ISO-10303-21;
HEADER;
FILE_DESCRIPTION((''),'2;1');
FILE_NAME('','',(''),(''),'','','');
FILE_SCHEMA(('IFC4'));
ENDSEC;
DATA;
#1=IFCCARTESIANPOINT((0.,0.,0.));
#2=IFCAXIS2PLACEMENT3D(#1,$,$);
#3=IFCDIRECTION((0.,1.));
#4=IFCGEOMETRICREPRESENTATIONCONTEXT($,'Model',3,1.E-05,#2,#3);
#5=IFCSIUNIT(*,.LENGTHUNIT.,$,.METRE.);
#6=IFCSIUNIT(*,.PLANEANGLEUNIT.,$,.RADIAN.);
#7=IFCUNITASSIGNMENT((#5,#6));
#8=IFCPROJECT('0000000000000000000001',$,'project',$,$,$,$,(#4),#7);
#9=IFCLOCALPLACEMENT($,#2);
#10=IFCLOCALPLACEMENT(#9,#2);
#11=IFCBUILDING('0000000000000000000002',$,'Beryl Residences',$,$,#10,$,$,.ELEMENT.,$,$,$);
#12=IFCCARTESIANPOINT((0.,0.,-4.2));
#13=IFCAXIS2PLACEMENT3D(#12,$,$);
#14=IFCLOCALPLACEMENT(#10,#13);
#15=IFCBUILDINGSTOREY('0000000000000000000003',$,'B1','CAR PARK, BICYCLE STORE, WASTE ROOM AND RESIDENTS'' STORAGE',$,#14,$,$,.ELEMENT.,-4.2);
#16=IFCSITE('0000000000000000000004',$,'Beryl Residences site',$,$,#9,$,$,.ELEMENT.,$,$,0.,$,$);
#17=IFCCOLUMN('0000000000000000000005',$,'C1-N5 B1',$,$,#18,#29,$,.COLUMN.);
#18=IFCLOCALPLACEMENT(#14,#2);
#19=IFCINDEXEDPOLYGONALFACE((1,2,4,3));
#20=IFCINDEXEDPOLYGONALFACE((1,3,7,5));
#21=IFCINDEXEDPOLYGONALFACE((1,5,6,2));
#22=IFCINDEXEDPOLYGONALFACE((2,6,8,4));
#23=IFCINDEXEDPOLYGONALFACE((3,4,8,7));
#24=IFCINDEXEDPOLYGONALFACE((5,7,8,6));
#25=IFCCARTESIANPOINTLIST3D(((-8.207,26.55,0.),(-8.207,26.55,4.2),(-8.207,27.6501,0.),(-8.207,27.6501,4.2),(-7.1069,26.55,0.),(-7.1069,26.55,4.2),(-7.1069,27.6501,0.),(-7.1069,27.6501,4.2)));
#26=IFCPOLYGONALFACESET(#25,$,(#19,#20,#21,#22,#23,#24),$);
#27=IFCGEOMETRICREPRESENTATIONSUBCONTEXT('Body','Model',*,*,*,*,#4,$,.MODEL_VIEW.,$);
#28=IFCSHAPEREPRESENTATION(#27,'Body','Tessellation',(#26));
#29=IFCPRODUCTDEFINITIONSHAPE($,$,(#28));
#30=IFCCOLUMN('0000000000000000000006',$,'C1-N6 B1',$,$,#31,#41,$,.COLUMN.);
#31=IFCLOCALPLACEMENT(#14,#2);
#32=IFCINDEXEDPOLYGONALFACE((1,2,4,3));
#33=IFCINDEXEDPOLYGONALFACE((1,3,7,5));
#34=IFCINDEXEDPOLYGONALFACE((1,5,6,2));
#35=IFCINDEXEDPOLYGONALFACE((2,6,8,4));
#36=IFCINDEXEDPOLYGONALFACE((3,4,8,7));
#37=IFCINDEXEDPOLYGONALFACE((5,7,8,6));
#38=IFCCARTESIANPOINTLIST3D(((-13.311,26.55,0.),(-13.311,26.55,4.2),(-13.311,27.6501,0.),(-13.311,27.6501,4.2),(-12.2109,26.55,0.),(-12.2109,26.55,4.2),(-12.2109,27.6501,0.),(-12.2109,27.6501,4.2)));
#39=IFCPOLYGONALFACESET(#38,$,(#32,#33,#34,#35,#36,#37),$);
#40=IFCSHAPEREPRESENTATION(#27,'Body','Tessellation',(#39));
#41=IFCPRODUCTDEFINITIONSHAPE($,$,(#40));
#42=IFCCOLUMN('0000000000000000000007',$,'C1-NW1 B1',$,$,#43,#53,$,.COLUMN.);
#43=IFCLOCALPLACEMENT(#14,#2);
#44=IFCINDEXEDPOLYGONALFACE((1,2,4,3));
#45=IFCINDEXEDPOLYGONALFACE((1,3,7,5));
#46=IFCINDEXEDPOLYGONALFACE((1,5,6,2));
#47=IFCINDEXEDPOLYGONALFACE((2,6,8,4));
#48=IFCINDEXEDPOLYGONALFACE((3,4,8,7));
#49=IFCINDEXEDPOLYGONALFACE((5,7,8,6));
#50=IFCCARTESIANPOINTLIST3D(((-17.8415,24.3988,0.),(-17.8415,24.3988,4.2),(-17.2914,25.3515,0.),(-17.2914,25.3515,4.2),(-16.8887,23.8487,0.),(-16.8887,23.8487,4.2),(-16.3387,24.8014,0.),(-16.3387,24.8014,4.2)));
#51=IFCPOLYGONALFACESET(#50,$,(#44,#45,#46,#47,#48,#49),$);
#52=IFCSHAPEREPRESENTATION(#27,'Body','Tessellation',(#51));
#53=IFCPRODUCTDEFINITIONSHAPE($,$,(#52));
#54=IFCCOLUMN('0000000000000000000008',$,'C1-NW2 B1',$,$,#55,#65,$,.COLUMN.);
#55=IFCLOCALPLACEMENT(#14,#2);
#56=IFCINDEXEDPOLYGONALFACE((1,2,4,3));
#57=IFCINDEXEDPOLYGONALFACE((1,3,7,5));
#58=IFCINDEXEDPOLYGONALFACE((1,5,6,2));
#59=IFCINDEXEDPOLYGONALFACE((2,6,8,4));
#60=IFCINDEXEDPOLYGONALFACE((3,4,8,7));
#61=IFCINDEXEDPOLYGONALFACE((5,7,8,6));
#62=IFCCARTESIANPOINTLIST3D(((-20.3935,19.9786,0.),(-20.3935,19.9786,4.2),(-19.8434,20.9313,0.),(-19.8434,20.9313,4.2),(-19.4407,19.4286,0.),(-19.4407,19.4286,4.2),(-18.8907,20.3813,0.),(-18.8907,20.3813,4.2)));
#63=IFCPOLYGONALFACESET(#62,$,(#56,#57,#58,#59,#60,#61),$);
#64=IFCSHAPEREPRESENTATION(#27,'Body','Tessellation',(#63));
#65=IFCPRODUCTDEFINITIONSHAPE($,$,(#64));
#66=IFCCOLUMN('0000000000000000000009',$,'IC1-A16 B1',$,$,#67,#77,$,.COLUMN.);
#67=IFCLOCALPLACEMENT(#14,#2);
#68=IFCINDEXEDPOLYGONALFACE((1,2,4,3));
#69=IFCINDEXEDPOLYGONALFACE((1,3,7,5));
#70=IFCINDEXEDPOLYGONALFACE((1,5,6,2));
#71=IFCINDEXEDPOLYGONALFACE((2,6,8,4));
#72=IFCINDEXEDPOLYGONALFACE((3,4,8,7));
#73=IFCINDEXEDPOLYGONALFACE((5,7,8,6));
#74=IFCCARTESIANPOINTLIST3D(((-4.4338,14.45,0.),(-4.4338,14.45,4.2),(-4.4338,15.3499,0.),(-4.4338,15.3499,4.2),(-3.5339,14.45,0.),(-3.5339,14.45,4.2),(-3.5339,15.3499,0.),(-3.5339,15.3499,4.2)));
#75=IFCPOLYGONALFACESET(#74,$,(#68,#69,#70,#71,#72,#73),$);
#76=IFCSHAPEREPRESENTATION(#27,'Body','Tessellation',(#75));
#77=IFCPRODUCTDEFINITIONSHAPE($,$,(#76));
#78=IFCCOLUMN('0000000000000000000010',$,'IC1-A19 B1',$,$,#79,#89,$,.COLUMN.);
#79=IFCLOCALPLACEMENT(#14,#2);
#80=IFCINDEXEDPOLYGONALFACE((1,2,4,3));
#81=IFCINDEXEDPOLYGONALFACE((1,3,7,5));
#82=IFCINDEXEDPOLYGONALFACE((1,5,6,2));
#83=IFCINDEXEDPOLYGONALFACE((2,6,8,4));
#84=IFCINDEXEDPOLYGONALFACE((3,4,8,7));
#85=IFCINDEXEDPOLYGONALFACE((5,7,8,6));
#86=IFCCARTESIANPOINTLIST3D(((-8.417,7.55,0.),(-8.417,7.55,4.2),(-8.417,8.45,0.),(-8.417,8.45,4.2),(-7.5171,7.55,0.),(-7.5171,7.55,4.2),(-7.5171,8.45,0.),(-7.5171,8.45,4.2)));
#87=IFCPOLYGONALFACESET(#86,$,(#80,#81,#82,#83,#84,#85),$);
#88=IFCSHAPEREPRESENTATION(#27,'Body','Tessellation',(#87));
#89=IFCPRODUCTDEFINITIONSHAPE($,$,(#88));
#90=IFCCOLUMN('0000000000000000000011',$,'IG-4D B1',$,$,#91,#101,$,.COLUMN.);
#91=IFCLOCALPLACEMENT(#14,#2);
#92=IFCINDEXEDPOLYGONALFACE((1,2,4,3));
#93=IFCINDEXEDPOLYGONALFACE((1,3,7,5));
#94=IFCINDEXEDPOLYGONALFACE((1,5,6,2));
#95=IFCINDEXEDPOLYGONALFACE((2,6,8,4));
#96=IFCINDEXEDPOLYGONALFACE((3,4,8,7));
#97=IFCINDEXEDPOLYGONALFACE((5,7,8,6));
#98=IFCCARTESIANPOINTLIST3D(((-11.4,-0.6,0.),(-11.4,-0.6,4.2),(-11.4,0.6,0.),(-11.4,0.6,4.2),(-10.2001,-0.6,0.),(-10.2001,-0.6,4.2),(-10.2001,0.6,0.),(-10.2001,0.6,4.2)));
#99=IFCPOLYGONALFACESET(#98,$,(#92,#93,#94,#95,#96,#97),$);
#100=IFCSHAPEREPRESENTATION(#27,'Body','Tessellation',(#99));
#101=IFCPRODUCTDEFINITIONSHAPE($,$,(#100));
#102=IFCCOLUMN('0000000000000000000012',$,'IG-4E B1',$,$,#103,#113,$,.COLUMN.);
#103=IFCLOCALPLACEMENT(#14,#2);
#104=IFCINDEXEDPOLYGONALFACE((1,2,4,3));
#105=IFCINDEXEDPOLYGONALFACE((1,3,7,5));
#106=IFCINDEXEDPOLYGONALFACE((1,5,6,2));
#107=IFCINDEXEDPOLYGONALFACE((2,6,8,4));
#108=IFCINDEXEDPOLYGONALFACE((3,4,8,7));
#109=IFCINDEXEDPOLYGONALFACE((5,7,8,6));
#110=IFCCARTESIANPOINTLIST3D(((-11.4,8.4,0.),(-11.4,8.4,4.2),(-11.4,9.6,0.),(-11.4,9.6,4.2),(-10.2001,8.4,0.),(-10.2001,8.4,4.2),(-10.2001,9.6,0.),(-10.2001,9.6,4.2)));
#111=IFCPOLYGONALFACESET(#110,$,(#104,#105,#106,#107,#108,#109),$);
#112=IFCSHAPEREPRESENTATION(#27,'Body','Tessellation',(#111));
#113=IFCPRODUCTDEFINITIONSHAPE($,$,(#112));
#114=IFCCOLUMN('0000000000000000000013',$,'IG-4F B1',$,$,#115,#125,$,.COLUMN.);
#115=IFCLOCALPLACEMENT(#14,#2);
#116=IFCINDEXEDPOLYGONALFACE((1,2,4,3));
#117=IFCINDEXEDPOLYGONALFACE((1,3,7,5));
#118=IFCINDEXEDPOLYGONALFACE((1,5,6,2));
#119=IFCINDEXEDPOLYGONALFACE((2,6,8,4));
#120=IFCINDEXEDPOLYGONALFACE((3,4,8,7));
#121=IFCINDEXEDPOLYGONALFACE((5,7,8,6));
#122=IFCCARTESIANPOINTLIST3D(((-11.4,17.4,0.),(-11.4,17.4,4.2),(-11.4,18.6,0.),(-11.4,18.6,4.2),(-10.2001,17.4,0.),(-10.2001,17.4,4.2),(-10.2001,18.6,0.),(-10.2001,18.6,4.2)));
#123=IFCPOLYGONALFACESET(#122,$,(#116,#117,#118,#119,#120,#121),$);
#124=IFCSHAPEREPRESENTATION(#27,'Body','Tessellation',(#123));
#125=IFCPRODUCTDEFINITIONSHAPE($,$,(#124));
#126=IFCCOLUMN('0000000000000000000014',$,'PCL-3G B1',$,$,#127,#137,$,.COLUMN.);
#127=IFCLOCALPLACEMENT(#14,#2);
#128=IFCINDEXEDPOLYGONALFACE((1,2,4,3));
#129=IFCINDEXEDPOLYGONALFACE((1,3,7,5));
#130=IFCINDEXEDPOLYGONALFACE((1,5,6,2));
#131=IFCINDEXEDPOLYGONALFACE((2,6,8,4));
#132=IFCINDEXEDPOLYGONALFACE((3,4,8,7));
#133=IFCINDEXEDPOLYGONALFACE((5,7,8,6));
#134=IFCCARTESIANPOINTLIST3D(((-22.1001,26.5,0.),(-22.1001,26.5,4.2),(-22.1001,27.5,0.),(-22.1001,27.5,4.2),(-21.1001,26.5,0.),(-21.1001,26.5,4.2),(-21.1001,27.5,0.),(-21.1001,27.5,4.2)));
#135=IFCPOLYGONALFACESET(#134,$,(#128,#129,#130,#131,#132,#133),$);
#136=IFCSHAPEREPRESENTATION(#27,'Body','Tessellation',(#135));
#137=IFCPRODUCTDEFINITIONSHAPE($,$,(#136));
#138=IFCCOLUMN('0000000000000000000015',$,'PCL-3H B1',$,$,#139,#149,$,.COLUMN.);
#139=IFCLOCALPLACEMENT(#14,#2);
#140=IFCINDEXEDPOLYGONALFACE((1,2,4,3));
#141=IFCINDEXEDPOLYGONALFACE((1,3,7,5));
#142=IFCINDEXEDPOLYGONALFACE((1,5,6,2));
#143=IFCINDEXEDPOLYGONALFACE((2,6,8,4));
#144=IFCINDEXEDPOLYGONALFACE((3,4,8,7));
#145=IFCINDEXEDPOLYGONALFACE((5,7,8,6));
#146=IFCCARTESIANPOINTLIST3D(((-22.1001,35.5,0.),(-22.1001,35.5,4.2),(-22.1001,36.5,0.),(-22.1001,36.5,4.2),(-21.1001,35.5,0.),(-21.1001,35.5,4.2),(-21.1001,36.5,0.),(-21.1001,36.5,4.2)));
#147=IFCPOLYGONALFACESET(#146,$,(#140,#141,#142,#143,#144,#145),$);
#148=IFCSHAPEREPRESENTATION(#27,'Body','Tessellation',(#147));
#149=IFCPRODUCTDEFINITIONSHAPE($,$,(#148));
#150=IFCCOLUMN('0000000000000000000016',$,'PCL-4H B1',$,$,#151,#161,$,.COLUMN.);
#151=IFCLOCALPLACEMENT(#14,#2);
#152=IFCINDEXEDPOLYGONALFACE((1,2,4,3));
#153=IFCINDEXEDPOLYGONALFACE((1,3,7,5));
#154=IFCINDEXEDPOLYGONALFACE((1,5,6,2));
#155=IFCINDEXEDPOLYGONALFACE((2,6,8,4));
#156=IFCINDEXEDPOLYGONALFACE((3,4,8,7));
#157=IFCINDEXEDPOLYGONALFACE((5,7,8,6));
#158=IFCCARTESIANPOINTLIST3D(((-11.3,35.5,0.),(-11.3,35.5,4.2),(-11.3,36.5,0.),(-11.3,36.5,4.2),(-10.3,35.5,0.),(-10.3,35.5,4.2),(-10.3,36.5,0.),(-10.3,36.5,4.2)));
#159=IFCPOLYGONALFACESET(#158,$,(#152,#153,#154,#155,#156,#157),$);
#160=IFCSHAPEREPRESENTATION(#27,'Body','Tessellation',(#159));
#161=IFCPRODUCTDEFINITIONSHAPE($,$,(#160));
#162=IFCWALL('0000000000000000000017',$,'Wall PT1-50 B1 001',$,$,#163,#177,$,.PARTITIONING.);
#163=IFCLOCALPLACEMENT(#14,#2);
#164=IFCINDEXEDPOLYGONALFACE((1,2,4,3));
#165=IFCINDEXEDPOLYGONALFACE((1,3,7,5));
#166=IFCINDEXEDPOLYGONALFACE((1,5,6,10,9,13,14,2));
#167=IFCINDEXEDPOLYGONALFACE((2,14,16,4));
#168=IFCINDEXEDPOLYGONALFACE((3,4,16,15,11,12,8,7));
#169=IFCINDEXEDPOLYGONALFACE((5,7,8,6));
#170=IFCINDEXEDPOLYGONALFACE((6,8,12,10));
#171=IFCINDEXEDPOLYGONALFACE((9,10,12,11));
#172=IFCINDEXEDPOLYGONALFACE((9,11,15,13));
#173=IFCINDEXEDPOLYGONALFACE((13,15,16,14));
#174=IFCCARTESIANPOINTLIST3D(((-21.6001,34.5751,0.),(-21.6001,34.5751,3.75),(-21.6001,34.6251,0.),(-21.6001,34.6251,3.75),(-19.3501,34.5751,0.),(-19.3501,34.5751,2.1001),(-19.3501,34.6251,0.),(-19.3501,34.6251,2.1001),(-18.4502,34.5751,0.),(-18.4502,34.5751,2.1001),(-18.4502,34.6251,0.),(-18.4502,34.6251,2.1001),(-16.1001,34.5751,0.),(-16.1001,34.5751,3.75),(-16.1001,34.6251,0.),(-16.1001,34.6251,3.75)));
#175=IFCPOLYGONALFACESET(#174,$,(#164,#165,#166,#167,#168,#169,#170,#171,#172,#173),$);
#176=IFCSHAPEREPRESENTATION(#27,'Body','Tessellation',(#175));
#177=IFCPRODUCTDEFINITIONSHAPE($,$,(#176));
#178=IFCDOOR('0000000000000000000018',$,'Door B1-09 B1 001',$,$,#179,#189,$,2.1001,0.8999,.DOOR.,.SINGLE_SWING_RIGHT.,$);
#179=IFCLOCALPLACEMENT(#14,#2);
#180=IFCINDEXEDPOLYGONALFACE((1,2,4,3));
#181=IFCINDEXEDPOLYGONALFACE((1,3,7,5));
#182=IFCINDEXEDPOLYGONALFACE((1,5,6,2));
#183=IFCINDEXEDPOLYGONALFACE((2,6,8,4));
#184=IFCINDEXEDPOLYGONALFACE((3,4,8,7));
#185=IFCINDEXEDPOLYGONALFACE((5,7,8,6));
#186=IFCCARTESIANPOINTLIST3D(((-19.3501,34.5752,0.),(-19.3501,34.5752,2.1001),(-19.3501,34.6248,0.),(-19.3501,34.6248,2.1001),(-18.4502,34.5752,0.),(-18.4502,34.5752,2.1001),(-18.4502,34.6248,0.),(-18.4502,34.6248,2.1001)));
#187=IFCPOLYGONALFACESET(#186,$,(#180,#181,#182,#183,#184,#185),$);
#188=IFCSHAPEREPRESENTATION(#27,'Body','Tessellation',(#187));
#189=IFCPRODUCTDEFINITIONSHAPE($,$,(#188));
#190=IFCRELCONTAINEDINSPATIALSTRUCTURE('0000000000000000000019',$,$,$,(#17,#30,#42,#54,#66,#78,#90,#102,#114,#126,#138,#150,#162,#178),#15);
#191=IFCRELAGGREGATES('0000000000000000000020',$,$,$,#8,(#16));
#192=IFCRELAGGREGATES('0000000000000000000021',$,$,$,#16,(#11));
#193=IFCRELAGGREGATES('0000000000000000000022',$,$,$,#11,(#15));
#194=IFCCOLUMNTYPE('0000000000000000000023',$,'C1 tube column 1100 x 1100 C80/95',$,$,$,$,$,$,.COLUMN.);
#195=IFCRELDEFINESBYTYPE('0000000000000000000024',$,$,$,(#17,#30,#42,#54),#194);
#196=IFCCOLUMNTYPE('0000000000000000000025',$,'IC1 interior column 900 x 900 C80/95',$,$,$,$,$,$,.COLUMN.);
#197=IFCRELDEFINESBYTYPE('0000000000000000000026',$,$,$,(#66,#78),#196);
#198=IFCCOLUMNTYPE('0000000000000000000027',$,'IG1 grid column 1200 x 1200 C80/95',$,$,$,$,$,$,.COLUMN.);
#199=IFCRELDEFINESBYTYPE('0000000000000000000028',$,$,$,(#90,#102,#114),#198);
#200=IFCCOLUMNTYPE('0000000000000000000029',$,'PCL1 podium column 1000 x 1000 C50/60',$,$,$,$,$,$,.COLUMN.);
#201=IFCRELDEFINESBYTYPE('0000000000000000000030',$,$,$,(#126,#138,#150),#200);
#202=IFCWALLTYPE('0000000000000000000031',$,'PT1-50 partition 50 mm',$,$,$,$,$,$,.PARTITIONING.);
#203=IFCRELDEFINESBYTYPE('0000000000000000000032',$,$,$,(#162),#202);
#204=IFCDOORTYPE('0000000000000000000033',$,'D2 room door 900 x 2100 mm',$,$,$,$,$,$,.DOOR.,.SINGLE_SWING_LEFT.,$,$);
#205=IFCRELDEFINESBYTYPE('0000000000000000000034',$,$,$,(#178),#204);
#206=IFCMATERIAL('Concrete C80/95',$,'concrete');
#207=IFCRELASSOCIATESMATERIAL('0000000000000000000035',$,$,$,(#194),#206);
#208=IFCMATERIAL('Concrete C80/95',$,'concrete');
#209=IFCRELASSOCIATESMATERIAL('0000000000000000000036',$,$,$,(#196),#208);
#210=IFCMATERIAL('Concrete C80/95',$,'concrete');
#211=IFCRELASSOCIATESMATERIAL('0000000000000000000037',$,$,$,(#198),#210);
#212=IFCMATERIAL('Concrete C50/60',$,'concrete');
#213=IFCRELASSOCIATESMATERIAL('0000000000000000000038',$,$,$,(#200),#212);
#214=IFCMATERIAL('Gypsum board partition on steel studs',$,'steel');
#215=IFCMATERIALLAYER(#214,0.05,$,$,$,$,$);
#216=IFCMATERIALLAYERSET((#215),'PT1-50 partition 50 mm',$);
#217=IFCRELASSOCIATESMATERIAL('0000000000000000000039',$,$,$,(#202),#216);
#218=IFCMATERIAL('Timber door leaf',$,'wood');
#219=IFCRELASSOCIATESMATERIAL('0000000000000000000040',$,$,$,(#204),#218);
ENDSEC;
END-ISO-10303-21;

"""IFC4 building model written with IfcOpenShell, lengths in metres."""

from ifc_helpers import new_model, si_unit, direction, frame, frame_2d, origin, origin_2d, place, context, subcontext, project, spatial, rectangle, extrude, material, layer, layer_set, material_profile, profile_set, type_object, element, fill, save


model = new_model("IFC4")

# Units and contexts
model_context = context("Model", 3, precision=1e-05, world=origin(), true_north=direction((0.0, 1.0)))
body_context = subcontext(model_context, "Body", "Model", "MODEL_VIEW")
ifc_project = project(units=[si_unit("LENGTHUNIT", "METRE"), si_unit("PLANEANGLEUNIT", "RADIAN")], contexts=[model_context])

# Site, building, storey
site_placement = place(None, origin())
site = spatial("IfcSite", under=ifc_project, at=site_placement, Name="Beryl Residences site", CompositionType="ELEMENT", RefElevation=0.0)
building_placement = place(site_placement, origin())
building = spatial("IfcBuilding", under=site, at=building_placement, Name="Beryl Residences", CompositionType="ELEMENT")
storey_placement = place(building_placement, frame((0.0, 0.0, -4.2)))
storey = spatial("IfcBuildingStorey", under=building, at=storey_placement, Name="B1", Description="CAR PARK, BICYCLE STORE, WASTE ROOM AND RESIDENTS' STORAGE", CompositionType="ELEMENT", Elevation=-4.2)

# Columns
ifc_material_1 = material(Name="Concrete C80/95", Category="concrete")
ifc_material_profile_1 = material_profile(ifc_material_1, rectangle(XDim=1.1001, YDim=1.1001, at=origin_2d()))
ifc_profile_set_1 = profile_set([ifc_material_profile_1], Name="Concrete C80/95")
column_type_1 = type_object("IfcColumnType", Name="C1 tube column 1100 x 1100 C80/95", PredefinedType="COLUMN", material=ifc_profile_set_1)
for number, where, z_axis, x_axis, name in (
    (1, (-7.657, 27.1001, 0.0), (0.0, 0.0, 1.0), (-1.0, 0.0, 0.0), "C1-N5 B1"),
    (2, (-12.761, 27.1001, 0.0), (0.0, 0.0, 1.0), (-1.0, 0.0, 0.0), "C1-N6 B1"),
    (3, (-17.0901, 24.6001, 0.0), (0.0, 0.0, 1.0), (-0.499985, -0.866034, 0.0), "C1-NW1 B1"),
    (4, (-19.6421, 20.1799, 0.0), (0.0, 0.0, 1.0), (-0.499985, -0.866034, 0.0), "C1-NW2 B1"),
):
    element("IfcColumn", number, at=place(storey_placement, frame(where, z_axis=z_axis, x_axis=x_axis)), inside=storey, type_object=column_type_1, Name=name, PredefinedType="COLUMN", context=body_context, shape_type="SweptSolid", body=[
        extrude(rectangle(XDim=1.1001, YDim=1.1001, at=origin_2d()), origin(), (0.0, 0.0, 1.0), 4.2),
    ])
ifc_material_2 = material(Name="Concrete C80/95", Category="concrete")
ifc_material_profile_2 = material_profile(ifc_material_2, rectangle(XDim=0.8999, YDim=0.8999, at=origin_2d()))
ifc_profile_set_2 = profile_set([ifc_material_profile_2], Name="Concrete C80/95")
column_type_2 = type_object("IfcColumnType", Name="IC1 interior column 900 x 900 C80/95", PredefinedType="COLUMN", material=ifc_profile_set_2)
for number, where, z_axis, x_axis, name in (
    (5, (-3.9839, 14.8999, 0.0), (0.0, 0.0, 1.0), (1.0, 0.0, 0.0), "IC1-A16 B1"),
    (6, (-7.967, 8.0, 0.0), (0.0, 0.0, 1.0), (1.0, 0.0, 0.0), "IC1-A19 B1"),
):
    element("IfcColumn", number, at=place(storey_placement, frame(where, z_axis=z_axis, x_axis=x_axis)), inside=storey, type_object=column_type_2, Name=name, PredefinedType="COLUMN", context=body_context, shape_type="SweptSolid", body=[
        extrude(rectangle(XDim=0.8999, YDim=0.8999, at=origin_2d()), origin(), (0.0, 0.0, 1.0), 4.2),
    ])
ifc_material_3 = material(Name="Concrete C80/95", Category="concrete")
ifc_material_profile_3 = material_profile(ifc_material_3, rectangle(XDim=1.2, YDim=1.2, at=origin_2d()))
ifc_profile_set_3 = profile_set([ifc_material_profile_3], Name="Concrete C80/95")
column_type_3 = type_object("IfcColumnType", Name="IG1 grid column 1200 x 1200 C80/95", PredefinedType="COLUMN", material=ifc_profile_set_3)
for number, where, z_axis, x_axis, name in (
    (7, (-10.8, 0.0, 0.0), (0.0, 0.0, 1.0), (1.0, 0.0, 0.0), "IG-4D B1"),
    (8, (-10.8, 9.0, 0.0), (0.0, 0.0, 1.0), (1.0, 0.0, 0.0), "IG-4E B1"),
    (9, (-10.8, 18.0, 0.0), (0.0, 0.0, 1.0), (1.0, 0.0, 0.0), "IG-4F B1"),
):
    element("IfcColumn", number, at=place(storey_placement, frame(where, z_axis=z_axis, x_axis=x_axis)), inside=storey, type_object=column_type_3, Name=name, PredefinedType="COLUMN", context=body_context, shape_type="SweptSolid", body=[
        extrude(rectangle(XDim=1.2, YDim=1.2, at=origin_2d()), origin(), (0.0, 0.0, 1.0), 4.2),
    ])
ifc_material_4 = material(Name="Concrete C50/60", Category="concrete")
ifc_material_profile_4 = material_profile(ifc_material_4, rectangle(XDim=1.0, YDim=1.0, at=origin_2d()))
ifc_profile_set_4 = profile_set([ifc_material_profile_4], Name="Concrete C50/60")
column_type_4 = type_object("IfcColumnType", Name="PCL1 podium column 1000 x 1000 C50/60", PredefinedType="COLUMN", material=ifc_profile_set_4)
for number, where, z_axis, x_axis, name in (
    (10, (-21.6001, 27.0, 0.0), (0.0, 0.0, 1.0), (1.0, 0.0, 0.0), "PCL-3G B1"),
    (11, (-21.6001, 36.0, 0.0), (0.0, 0.0, 1.0), (1.0, 0.0, 0.0), "PCL-3H B1"),
    (12, (-10.8, 36.0, 0.0), (0.0, 0.0, 1.0), (1.0, 0.0, 0.0), "PCL-4H B1"),
):
    element("IfcColumn", number, at=place(storey_placement, frame(where, z_axis=z_axis, x_axis=x_axis)), inside=storey, type_object=column_type_4, Name=name, PredefinedType="COLUMN", context=body_context, shape_type="SweptSolid", body=[
        extrude(rectangle(XDim=1.0, YDim=1.0, at=origin_2d()), origin(), (0.0, 0.0, 1.0), 4.2),
    ])

# Wall, opening, door
ifc_material_5 = material(Name="Gypsum board partition on steel studs", Category="steel")
ifc_layer_1 = layer(ifc_material_5, 0.05)
ifc_layer_set_1 = layer_set([ifc_layer_1], Name="PT1-50 partition 50 mm")
wall_type_1 = type_object("IfcWallType", Name="PT1-50 partition 50 mm", PredefinedType="PARTITIONING", material=ifc_layer_set_1)
wall_1_placement = place(storey_placement, frame((-21.6001, 34.6001, 0.0), z_axis=(0.0, 0.0, 1.0), x_axis=(1.0, 0.0, 0.0)))
wall_1 = element("IfcWall", 13, at=wall_1_placement, inside=storey, type_object=wall_type_1, Name="Wall PT1-50 B1 001", PredefinedType="PARTITIONING", context=body_context, shape_type="SweptSolid", body=[
    extrude(rectangle(XDim=5.5, YDim=0.05, at=frame_2d((2.75, 0.0))), origin(), (0.0, 0.0, 1.0), 3.75),
])
opening_1_placement = place(wall_1_placement, frame((3.1499, 0.0, 0.0), z_axis=(0.0, 0.0, 1.0), x_axis=(-1.0, 0.0, 0.0)))
opening_1 = element("IfcOpeningElement", 14, at=opening_1_placement, cuts=wall_1, PredefinedType="OPENING", context=body_context, shape_type="SweptSolid", body=[
    extrude(rectangle(XDim=0.8999, YDim=2.1001, at=frame_2d((0.45, 1.05))), frame((0.0, 0.0349, 0.0), z_axis=(0.0, -1.0, 0.0), x_axis=(1.0, 0.0, 0.0)), (0.0, 0.0, 1.0), 0.0701),
])
ifc_material_6 = material(Name="Timber door leaf", Category="wood")
door_type_1 = type_object("IfcDoorType", Name="D2 room door 900 x 2100 mm", OperationType="SINGLE_SWING_LEFT", PredefinedType="DOOR", material=ifc_material_6)
door_1_placement = place(opening_1_placement, origin())
door_1 = element("IfcDoor", 15, at=door_1_placement, inside=storey, type_object=door_type_1, Name="Door B1-09 B1 001", OperationType="SINGLE_SWING_RIGHT", OverallHeight=2.1001, OverallWidth=0.8999, PredefinedType="DOOR", context=body_context, shape_type="SweptSolid", body=[
    extrude(rectangle(XDim=0.8999, YDim=2.1001, at=frame_2d((0.45, 1.05))), frame((0.0, 0.0249, 0.0), z_axis=(0.0, -1.0, 0.0), x_axis=(1.0, 0.0, 0.0)), (0.0, 0.0, 1.0), 0.0496),
])
fill(opening_1, door_1)

save(model, "model.ifc")
